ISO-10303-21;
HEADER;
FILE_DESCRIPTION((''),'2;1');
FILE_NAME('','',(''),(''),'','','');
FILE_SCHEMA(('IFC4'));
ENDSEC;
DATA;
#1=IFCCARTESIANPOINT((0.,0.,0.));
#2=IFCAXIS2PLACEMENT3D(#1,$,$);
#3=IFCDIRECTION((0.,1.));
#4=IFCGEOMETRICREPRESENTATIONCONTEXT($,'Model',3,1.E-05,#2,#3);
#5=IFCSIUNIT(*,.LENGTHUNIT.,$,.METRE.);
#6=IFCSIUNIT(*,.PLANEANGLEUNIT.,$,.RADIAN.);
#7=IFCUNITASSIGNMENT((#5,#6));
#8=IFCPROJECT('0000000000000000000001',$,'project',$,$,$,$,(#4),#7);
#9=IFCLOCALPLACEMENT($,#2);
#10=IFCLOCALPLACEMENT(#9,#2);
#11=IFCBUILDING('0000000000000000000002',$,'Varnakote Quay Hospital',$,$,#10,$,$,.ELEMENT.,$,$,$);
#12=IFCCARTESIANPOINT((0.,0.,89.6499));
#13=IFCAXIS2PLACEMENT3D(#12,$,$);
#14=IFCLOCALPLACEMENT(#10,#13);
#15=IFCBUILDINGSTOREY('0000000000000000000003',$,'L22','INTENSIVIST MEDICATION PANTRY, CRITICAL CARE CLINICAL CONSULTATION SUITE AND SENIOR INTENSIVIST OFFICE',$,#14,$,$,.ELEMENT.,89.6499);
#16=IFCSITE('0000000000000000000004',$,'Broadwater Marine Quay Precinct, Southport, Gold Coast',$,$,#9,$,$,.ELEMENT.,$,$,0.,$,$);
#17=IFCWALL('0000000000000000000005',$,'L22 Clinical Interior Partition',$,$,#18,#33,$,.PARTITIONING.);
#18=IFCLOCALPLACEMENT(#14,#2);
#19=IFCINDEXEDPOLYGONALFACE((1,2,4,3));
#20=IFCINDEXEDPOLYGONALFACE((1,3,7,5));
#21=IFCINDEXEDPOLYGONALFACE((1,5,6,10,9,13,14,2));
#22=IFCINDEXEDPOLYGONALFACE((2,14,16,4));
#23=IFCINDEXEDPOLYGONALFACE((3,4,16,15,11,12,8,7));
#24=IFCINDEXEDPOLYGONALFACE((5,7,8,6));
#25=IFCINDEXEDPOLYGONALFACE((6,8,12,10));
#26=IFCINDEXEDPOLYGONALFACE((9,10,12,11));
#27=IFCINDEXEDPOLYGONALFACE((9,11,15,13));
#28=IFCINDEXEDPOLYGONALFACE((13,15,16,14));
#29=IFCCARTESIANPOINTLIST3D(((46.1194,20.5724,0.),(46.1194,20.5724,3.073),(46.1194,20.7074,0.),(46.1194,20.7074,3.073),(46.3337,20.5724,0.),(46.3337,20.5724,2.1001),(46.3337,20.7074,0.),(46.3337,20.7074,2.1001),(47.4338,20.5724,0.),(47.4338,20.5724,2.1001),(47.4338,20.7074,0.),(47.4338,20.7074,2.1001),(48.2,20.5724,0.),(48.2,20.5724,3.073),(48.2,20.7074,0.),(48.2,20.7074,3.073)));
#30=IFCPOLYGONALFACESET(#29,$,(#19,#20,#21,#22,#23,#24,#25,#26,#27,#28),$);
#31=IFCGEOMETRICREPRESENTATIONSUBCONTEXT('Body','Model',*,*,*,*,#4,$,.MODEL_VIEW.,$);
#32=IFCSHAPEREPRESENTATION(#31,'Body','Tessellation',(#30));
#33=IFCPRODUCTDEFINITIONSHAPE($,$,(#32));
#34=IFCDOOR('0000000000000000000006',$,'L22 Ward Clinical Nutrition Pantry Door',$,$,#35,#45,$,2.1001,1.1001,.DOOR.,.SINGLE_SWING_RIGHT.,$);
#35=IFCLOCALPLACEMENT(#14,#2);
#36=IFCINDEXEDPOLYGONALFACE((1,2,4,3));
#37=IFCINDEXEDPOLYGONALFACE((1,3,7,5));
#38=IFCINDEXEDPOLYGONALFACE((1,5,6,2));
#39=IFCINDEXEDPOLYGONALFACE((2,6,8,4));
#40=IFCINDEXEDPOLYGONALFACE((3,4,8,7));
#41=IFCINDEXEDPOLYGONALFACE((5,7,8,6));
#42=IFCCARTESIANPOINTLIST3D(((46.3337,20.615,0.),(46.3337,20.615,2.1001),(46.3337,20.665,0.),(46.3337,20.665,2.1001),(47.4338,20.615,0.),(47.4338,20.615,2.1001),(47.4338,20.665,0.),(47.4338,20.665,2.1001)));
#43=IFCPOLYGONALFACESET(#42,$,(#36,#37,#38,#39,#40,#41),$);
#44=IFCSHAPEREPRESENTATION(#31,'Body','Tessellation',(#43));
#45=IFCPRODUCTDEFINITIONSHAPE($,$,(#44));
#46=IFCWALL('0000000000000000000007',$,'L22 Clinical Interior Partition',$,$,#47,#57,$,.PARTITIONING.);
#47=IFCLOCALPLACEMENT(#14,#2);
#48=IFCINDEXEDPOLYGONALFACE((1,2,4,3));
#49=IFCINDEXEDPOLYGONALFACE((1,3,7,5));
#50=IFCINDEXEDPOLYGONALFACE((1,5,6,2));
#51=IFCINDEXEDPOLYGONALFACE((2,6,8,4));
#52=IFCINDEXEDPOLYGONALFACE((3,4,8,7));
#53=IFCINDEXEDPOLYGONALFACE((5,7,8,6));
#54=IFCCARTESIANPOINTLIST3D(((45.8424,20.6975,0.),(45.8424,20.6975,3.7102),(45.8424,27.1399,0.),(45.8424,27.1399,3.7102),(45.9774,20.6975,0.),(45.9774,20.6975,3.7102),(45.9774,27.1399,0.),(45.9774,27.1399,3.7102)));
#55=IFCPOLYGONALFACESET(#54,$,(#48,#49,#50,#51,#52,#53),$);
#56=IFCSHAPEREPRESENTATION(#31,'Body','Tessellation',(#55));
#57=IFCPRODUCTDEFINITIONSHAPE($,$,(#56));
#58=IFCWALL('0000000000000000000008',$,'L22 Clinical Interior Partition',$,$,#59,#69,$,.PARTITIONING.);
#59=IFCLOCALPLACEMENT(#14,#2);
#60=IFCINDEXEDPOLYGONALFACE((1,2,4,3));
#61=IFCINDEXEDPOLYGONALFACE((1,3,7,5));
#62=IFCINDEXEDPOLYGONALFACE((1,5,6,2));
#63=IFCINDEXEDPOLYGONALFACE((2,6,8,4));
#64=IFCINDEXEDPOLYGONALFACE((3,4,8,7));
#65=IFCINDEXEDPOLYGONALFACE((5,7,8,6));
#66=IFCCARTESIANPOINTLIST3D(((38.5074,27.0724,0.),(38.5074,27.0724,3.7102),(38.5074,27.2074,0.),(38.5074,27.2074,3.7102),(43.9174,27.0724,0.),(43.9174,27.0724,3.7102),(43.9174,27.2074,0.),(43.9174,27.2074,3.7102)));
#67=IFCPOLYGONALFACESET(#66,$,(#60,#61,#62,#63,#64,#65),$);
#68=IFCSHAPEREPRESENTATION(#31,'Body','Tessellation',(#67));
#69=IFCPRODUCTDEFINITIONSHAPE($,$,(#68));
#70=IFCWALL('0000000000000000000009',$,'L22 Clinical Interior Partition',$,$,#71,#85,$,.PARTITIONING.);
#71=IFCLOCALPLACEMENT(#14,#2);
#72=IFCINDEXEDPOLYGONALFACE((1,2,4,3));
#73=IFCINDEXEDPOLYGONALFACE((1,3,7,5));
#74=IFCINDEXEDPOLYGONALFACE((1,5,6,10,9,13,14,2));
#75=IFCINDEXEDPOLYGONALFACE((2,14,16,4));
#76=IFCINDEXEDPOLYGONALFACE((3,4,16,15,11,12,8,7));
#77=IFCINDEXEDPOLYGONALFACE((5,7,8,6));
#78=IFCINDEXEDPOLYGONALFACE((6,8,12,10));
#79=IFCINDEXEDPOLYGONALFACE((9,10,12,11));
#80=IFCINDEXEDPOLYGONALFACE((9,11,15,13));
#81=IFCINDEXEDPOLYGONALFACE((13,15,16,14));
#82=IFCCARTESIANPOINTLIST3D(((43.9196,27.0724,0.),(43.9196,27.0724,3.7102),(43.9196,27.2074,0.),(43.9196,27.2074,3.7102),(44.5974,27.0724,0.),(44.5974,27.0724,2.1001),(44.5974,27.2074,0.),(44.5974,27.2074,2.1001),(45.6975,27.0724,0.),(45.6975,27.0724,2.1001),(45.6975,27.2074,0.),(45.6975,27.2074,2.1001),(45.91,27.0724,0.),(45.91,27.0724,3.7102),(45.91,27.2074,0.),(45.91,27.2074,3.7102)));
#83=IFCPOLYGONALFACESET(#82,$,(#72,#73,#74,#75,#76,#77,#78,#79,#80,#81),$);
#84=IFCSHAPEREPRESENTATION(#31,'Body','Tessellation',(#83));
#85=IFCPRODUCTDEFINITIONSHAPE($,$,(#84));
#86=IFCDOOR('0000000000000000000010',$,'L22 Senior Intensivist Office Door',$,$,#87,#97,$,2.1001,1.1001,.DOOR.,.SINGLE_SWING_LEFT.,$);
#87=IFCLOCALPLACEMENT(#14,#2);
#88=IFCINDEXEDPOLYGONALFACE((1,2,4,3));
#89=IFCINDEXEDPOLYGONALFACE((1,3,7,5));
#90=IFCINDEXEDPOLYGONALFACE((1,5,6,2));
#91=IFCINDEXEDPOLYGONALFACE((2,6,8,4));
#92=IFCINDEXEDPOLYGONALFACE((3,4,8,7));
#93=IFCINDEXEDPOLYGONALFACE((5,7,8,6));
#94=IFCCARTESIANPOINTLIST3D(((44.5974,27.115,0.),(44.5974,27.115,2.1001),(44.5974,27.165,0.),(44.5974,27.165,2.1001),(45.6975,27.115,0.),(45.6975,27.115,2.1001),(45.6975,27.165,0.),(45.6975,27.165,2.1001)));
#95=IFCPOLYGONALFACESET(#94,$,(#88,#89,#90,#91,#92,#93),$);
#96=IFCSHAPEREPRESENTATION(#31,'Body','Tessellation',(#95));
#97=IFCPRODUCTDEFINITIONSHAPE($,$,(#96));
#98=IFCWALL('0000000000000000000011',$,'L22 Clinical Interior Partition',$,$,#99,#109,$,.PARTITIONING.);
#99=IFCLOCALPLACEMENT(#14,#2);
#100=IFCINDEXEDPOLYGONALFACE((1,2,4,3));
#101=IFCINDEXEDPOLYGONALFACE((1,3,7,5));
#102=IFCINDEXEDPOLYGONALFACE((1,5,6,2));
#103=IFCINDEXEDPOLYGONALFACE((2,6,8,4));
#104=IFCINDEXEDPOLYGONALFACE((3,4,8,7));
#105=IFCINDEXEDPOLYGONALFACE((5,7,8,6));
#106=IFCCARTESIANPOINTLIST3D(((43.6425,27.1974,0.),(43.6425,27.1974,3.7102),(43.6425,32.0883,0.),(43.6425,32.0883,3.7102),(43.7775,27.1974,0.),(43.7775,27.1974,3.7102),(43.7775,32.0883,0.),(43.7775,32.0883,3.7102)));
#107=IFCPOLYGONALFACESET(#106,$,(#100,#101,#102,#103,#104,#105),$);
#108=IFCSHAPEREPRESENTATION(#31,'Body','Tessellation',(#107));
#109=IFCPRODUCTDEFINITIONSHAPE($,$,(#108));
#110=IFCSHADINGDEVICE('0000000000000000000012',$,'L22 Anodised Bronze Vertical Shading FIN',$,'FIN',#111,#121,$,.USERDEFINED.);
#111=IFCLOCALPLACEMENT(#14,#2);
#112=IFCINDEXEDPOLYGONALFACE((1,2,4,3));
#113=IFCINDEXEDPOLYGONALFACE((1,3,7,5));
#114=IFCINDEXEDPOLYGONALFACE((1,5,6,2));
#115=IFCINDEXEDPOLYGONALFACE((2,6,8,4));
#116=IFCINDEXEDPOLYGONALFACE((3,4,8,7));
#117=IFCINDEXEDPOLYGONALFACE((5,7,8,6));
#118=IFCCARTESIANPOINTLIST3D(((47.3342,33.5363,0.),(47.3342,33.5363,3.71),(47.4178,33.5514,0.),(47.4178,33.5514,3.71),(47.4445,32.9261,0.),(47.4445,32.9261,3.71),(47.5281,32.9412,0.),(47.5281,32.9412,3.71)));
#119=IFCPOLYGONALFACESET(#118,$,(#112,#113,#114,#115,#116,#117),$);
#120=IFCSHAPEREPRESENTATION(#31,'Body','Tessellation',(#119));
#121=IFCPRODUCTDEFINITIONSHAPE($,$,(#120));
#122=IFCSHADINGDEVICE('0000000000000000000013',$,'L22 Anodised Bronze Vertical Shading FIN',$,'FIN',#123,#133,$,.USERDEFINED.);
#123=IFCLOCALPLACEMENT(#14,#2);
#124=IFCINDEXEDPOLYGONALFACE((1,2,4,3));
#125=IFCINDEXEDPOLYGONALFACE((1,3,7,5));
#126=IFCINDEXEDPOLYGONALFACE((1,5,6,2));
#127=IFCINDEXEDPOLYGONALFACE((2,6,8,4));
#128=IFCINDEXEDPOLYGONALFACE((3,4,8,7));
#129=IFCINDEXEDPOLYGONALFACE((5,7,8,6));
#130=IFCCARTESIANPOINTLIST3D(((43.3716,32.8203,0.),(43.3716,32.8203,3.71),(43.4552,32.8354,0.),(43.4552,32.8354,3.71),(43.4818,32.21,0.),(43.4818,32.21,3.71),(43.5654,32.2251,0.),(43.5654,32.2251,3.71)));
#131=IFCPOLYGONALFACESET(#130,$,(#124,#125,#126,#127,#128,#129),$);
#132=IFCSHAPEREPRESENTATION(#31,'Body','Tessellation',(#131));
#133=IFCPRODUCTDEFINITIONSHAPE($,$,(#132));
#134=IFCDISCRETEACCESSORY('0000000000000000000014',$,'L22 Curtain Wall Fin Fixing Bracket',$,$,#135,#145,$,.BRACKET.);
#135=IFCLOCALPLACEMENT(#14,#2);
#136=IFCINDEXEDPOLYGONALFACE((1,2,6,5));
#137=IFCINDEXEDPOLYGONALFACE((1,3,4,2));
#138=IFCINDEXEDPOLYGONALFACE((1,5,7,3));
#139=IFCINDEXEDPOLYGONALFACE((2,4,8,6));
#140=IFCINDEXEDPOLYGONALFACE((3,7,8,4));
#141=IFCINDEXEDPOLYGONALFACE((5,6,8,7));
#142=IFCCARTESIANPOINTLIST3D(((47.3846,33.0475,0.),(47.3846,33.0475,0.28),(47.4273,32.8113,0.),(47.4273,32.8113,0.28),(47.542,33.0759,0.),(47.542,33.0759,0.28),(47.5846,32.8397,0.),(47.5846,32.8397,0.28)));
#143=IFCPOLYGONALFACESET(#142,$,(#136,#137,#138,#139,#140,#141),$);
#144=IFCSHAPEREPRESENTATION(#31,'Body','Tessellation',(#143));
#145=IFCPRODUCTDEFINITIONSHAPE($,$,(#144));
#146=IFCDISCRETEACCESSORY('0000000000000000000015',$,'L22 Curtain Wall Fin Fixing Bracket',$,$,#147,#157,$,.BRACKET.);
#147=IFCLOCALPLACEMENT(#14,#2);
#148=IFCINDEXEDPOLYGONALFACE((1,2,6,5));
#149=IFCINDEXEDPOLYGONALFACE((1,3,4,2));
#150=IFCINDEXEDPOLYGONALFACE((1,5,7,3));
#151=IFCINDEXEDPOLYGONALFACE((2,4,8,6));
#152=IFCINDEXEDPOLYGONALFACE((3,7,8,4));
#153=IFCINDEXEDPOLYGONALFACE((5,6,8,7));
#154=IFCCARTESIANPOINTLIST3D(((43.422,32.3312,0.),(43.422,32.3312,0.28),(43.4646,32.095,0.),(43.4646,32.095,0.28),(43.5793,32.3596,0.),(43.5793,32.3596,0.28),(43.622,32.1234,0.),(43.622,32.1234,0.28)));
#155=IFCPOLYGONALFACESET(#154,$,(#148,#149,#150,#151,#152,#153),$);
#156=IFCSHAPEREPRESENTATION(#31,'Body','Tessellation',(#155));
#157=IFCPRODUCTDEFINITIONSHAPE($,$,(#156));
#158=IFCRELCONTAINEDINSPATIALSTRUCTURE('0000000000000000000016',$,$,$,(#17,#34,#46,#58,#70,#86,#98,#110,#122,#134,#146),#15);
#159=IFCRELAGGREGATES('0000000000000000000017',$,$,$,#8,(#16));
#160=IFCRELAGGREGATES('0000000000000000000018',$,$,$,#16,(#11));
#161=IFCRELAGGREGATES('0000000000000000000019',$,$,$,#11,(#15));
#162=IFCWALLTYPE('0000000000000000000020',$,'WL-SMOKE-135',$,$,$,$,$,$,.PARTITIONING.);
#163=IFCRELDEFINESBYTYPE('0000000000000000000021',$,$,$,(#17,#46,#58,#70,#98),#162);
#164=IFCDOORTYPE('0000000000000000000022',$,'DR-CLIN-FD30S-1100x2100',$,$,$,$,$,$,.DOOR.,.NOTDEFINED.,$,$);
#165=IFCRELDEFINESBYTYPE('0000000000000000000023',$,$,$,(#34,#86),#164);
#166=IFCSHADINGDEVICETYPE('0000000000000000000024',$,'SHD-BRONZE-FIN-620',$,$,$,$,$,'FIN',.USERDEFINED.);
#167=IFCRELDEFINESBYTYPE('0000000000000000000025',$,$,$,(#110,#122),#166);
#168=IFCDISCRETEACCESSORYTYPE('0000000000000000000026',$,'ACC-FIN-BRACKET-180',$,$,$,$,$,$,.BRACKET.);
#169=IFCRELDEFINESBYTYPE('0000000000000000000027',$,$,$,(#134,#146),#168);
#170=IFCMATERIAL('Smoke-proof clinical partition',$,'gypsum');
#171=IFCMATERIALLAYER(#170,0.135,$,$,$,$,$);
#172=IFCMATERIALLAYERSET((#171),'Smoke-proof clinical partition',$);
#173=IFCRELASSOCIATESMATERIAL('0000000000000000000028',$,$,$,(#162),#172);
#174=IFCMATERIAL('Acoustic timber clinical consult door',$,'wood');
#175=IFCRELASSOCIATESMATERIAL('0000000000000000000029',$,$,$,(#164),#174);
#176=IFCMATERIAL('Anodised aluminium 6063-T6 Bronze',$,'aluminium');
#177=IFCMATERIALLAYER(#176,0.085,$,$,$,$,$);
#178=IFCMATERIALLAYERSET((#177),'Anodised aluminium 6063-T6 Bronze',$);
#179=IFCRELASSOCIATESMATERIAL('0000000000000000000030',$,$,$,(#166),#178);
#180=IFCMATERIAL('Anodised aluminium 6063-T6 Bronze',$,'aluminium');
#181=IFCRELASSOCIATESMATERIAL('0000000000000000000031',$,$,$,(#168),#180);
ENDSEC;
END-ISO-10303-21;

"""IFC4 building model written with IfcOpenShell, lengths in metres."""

from ifc_helpers import new_model, si_unit, direction, frame, frame_2d, origin, origin_2d, place, context, subcontext, project, spatial, rectangle, extrude, material, layer, layer_set, type_object, element, fill, save


model = new_model("IFC4")

# Units and contexts
model_context = context("Model", 3, precision=1e-05, world=origin(), true_north=direction((0.0, 1.0)))
body_context = subcontext(model_context, "Body", "Model", "MODEL_VIEW")
ifc_project = project(units=[si_unit("LENGTHUNIT", "METRE"), si_unit("PLANEANGLEUNIT", "RADIAN")], contexts=[model_context])

# Site, building, storey
site_placement = place(None, origin())
site = spatial("IfcSite", under=ifc_project, at=site_placement, Name="Broadwater Marine Quay Precinct, Southport, Gold Coast", CompositionType="ELEMENT", RefElevation=0.0)
building_placement = place(site_placement, origin())
building = spatial("IfcBuilding", under=site, at=building_placement, Name="Varnakote Quay Hospital", CompositionType="ELEMENT")
storey_placement = place(building_placement, frame((0.0, 0.0, 89.6499)))
storey = spatial("IfcBuildingStorey", under=building, at=storey_placement, Name="L22", Description="INTENSIVIST MEDICATION PANTRY, CRITICAL CARE CLINICAL CONSULTATION SUITE AND SENIOR INTENSIVIST OFFICE", CompositionType="ELEMENT", Elevation=89.6499)

# Wall, opening, door
ifc_material_1 = material(Name="Smoke-proof clinical partition", Category="gypsum")
ifc_layer_1 = layer(ifc_material_1, 0.135)
ifc_layer_set_1 = layer_set([ifc_layer_1], Name="Smoke-proof clinical partition")
wall_type = type_object("IfcWallType", Name="WL-SMOKE-135", PredefinedType="PARTITIONING", material=ifc_layer_set_1)
wall_1_placement = place(storey_placement, frame((48.2, 20.6399, 0.0), z_axis=(0.0, 0.0, 1.0), x_axis=(-1.0, 0.0, 0.0)))
wall_1 = element("IfcWall", 1, at=wall_1_placement, inside=storey, type_object=wall_type, Name="L22 Clinical Interior Partition", PredefinedType="PARTITIONING", context=body_context, shape_type="SweptSolid", body=[
    extrude(rectangle(XDim=2.0806, YDim=0.135, at=frame_2d((1.0403, 0.0))), origin(), (0.0, 0.0, 1.0), 3.073),
])
opening_1_placement = place(wall_1_placement, frame((0.7661, 0.0, 0.0)))
opening_1 = element("IfcOpeningElement", 2, at=opening_1_placement, cuts=wall_1, PredefinedType="OPENING", context=body_context, shape_type="SweptSolid", body=[
    extrude(rectangle(XDim=1.1001, YDim=2.1001, at=frame_2d((0.55, 1.05))), frame((0.0, 0.0774, 0.0), z_axis=(0.0, -1.0, 0.0), x_axis=(1.0, 0.0, 0.0)), (0.0, 0.0, 1.0), 0.155),
])
ifc_material_2 = material(Name="Acoustic timber clinical consult door", Category="wood")
door_type = type_object("IfcDoorType", Name="DR-CLIN-FD30S-1100x2100", OperationType="NOTDEFINED", PredefinedType="DOOR", material=ifc_material_2)
door_1_placement = place(opening_1_placement, origin())
door_1 = element("IfcDoor", 3, at=door_1_placement, inside=storey, type_object=door_type, Name="L22 Ward Clinical Nutrition Pantry Door", OperationType="SINGLE_SWING_RIGHT", OverallHeight=2.1001, OverallWidth=1.1001, PredefinedType="DOOR", context=body_context, shape_type="SweptSolid", body=[
    extrude(rectangle(XDim=1.1001, YDim=2.1001, at=frame_2d((0.55, 1.05))), frame((0.0, 0.0249, 0.0), z_axis=(0.0, -1.0, 0.0), x_axis=(1.0, 0.0, 0.0)), (0.0, 0.0, 1.0), 0.05),
])
fill(opening_1, door_1)

# Walls
wall_2_placement = place(storey_placement, frame((45.9099, 20.6975, 0.0), z_axis=(0.0, 0.0, 1.0), x_axis=(0.0, 1.0, 0.0)))
element("IfcWall", 4, at=wall_2_placement, inside=storey, type_object=wall_type, Name="L22 Clinical Interior Partition", PredefinedType="PARTITIONING", context=body_context, shape_type="SweptSolid", body=[
    extrude(rectangle(XDim=6.4424, YDim=0.135, at=frame_2d((3.2212, 0.0))), origin(), (0.0, 0.0, 1.0), 3.7102),
])
wall_3_placement = place(storey_placement, frame((43.9175, 27.1399, 0.0), z_axis=(0.0, 0.0, 1.0), x_axis=(-1.0, 0.0, 0.0)))
element("IfcWall", 5, at=wall_3_placement, inside=storey, type_object=wall_type, Name="L22 Clinical Interior Partition", PredefinedType="PARTITIONING", context=body_context, shape_type="SweptSolid", body=[
    extrude(rectangle(XDim=5.4099, YDim=0.135, at=frame_2d((2.7051, 0.0))), origin(), (0.0, 0.0, 1.0), 3.7102),
])

# Wall, opening, door
wall_4_placement = place(storey_placement, frame((45.9099, 27.1399, 0.0), z_axis=(0.0, 0.0, 1.0), x_axis=(-1.0, 0.0, 0.0)))
wall_4 = element("IfcWall", 6, at=wall_4_placement, inside=storey, type_object=wall_type, Name="L22 Clinical Interior Partition", PredefinedType="PARTITIONING", context=body_context, shape_type="SweptSolid", body=[
    extrude(rectangle(XDim=1.9905, YDim=0.135, at=frame_2d((0.9951, 0.0))), origin(), (0.0, 0.0, 1.0), 3.7102),
])
opening_2_placement = place(wall_4_placement, frame((0.2124, 0.0, 0.0)))
opening_2 = element("IfcOpeningElement", 7, at=opening_2_placement, cuts=wall_4, PredefinedType="OPENING", context=body_context, shape_type="SweptSolid", body=[
    extrude(rectangle(XDim=1.1001, YDim=2.1001, at=frame_2d((0.55, 1.05))), frame((0.0, 0.0774, 0.0), z_axis=(0.0, -1.0, 0.0), x_axis=(1.0, 0.0, 0.0)), (0.0, 0.0, 1.0), 0.155),
])
door_2_placement = place(opening_2_placement, origin())
door_2 = element("IfcDoor", 8, at=door_2_placement, inside=storey, type_object=door_type, Name="L22 Senior Intensivist Office Door", OperationType="SINGLE_SWING_LEFT", OverallHeight=2.1001, OverallWidth=1.1001, PredefinedType="DOOR", context=body_context, shape_type="SweptSolid", body=[
    extrude(rectangle(XDim=1.1001, YDim=2.1001, at=frame_2d((0.55, 1.05))), frame((0.0, 0.0249, 0.0), z_axis=(0.0, -1.0, 0.0), x_axis=(1.0, 0.0, 0.0)), (0.0, 0.0, 1.0), 0.05),
])
fill(opening_2, door_2)

# Wall
wall_5_placement = place(storey_placement, frame((43.71, 27.1975, 0.0), z_axis=(0.0, 0.0, 1.0), x_axis=(0.0, 1.0, 0.0)))
element("IfcWall", 9, at=wall_5_placement, inside=storey, type_object=wall_type, Name="L22 Clinical Interior Partition", PredefinedType="PARTITIONING", context=body_context, shape_type="SweptSolid", body=[
    extrude(rectangle(XDim=4.8909, YDim=0.135, at=frame_2d((2.4453, 0.0))), origin(), (0.0, 0.0, 1.0), 3.7102),
])

# Shading devices
ifc_material_3 = material(Name="Anodised aluminium 6063-T6 Bronze", Category="aluminium")
ifc_layer_2 = layer(ifc_material_3, 0.085)
ifc_layer_set_2 = layer_set([ifc_layer_2], Name="Anodised aluminium 6063-T6 Bronze")
shading_device_type = type_object("IfcShadingDeviceType", Name="SHD-BRONZE-FIN-620", ElementType="FIN", PredefinedType="USERDEFINED", material=ifc_layer_set_2)
for number, where, z_axis, x_axis, name in (
    (10, (47.4312, 33.2388, 0.0), (0.0, 0.0, 1.0), (0.177772, -0.984072, 0.0), "L22 Anodised Bronze Vertical Shading FIN"),
    (11, (43.4685, 32.5227, 0.0), (0.0, 0.0, 1.0), (0.177772, -0.984072, 0.0), "L22 Anodised Bronze Vertical Shading FIN"),
):
    element("IfcShadingDevice", number, at=place(storey_placement, frame(where, z_axis=z_axis, x_axis=x_axis)), inside=storey, type_object=shading_device_type, Name=name, ObjectType="FIN", PredefinedType="USERDEFINED", context=body_context, shape_type="SweptSolid", body=[
        extrude(rectangle(XDim=0.6201, YDim=0.085, at=origin_2d()), origin(), (0.0, 0.0, 1.0), 3.71),
    ])

# Discrete accessories
ifc_material_4 = material(Name="Anodised aluminium 6063-T6 Bronze", Category="aluminium")
discrete_accessory_type = type_object("IfcDiscreteAccessoryType", Name="ACC-FIN-BRACKET-180", PredefinedType="BRACKET", material=ifc_material_4)
for number, where, z_axis, x_axis, name in (
    (12, (47.4846, 32.9436, 0.0), (0.0, 0.0, 1.0), (-0.984072, -0.177772, 0.0), "L22 Curtain Wall Fin Fixing Bracket"),
    (13, (43.522, 32.2273, 0.0), (0.0, 0.0, 1.0), (-0.984072, -0.177772, 0.0), "L22 Curtain Wall Fin Fixing Bracket"),
):
    element("IfcDiscreteAccessory", number, at=place(storey_placement, frame(where, z_axis=z_axis, x_axis=x_axis)), inside=storey, type_object=discrete_accessory_type, Name=name, PredefinedType="BRACKET", context=body_context, shape_type="SweptSolid", body=[
        extrude(rectangle(XDim=0.1599, YDim=0.24, at=origin_2d()), origin(), (0.0, 0.0, 1.0), 0.28),
    ])

save(model, "model.ifc")
